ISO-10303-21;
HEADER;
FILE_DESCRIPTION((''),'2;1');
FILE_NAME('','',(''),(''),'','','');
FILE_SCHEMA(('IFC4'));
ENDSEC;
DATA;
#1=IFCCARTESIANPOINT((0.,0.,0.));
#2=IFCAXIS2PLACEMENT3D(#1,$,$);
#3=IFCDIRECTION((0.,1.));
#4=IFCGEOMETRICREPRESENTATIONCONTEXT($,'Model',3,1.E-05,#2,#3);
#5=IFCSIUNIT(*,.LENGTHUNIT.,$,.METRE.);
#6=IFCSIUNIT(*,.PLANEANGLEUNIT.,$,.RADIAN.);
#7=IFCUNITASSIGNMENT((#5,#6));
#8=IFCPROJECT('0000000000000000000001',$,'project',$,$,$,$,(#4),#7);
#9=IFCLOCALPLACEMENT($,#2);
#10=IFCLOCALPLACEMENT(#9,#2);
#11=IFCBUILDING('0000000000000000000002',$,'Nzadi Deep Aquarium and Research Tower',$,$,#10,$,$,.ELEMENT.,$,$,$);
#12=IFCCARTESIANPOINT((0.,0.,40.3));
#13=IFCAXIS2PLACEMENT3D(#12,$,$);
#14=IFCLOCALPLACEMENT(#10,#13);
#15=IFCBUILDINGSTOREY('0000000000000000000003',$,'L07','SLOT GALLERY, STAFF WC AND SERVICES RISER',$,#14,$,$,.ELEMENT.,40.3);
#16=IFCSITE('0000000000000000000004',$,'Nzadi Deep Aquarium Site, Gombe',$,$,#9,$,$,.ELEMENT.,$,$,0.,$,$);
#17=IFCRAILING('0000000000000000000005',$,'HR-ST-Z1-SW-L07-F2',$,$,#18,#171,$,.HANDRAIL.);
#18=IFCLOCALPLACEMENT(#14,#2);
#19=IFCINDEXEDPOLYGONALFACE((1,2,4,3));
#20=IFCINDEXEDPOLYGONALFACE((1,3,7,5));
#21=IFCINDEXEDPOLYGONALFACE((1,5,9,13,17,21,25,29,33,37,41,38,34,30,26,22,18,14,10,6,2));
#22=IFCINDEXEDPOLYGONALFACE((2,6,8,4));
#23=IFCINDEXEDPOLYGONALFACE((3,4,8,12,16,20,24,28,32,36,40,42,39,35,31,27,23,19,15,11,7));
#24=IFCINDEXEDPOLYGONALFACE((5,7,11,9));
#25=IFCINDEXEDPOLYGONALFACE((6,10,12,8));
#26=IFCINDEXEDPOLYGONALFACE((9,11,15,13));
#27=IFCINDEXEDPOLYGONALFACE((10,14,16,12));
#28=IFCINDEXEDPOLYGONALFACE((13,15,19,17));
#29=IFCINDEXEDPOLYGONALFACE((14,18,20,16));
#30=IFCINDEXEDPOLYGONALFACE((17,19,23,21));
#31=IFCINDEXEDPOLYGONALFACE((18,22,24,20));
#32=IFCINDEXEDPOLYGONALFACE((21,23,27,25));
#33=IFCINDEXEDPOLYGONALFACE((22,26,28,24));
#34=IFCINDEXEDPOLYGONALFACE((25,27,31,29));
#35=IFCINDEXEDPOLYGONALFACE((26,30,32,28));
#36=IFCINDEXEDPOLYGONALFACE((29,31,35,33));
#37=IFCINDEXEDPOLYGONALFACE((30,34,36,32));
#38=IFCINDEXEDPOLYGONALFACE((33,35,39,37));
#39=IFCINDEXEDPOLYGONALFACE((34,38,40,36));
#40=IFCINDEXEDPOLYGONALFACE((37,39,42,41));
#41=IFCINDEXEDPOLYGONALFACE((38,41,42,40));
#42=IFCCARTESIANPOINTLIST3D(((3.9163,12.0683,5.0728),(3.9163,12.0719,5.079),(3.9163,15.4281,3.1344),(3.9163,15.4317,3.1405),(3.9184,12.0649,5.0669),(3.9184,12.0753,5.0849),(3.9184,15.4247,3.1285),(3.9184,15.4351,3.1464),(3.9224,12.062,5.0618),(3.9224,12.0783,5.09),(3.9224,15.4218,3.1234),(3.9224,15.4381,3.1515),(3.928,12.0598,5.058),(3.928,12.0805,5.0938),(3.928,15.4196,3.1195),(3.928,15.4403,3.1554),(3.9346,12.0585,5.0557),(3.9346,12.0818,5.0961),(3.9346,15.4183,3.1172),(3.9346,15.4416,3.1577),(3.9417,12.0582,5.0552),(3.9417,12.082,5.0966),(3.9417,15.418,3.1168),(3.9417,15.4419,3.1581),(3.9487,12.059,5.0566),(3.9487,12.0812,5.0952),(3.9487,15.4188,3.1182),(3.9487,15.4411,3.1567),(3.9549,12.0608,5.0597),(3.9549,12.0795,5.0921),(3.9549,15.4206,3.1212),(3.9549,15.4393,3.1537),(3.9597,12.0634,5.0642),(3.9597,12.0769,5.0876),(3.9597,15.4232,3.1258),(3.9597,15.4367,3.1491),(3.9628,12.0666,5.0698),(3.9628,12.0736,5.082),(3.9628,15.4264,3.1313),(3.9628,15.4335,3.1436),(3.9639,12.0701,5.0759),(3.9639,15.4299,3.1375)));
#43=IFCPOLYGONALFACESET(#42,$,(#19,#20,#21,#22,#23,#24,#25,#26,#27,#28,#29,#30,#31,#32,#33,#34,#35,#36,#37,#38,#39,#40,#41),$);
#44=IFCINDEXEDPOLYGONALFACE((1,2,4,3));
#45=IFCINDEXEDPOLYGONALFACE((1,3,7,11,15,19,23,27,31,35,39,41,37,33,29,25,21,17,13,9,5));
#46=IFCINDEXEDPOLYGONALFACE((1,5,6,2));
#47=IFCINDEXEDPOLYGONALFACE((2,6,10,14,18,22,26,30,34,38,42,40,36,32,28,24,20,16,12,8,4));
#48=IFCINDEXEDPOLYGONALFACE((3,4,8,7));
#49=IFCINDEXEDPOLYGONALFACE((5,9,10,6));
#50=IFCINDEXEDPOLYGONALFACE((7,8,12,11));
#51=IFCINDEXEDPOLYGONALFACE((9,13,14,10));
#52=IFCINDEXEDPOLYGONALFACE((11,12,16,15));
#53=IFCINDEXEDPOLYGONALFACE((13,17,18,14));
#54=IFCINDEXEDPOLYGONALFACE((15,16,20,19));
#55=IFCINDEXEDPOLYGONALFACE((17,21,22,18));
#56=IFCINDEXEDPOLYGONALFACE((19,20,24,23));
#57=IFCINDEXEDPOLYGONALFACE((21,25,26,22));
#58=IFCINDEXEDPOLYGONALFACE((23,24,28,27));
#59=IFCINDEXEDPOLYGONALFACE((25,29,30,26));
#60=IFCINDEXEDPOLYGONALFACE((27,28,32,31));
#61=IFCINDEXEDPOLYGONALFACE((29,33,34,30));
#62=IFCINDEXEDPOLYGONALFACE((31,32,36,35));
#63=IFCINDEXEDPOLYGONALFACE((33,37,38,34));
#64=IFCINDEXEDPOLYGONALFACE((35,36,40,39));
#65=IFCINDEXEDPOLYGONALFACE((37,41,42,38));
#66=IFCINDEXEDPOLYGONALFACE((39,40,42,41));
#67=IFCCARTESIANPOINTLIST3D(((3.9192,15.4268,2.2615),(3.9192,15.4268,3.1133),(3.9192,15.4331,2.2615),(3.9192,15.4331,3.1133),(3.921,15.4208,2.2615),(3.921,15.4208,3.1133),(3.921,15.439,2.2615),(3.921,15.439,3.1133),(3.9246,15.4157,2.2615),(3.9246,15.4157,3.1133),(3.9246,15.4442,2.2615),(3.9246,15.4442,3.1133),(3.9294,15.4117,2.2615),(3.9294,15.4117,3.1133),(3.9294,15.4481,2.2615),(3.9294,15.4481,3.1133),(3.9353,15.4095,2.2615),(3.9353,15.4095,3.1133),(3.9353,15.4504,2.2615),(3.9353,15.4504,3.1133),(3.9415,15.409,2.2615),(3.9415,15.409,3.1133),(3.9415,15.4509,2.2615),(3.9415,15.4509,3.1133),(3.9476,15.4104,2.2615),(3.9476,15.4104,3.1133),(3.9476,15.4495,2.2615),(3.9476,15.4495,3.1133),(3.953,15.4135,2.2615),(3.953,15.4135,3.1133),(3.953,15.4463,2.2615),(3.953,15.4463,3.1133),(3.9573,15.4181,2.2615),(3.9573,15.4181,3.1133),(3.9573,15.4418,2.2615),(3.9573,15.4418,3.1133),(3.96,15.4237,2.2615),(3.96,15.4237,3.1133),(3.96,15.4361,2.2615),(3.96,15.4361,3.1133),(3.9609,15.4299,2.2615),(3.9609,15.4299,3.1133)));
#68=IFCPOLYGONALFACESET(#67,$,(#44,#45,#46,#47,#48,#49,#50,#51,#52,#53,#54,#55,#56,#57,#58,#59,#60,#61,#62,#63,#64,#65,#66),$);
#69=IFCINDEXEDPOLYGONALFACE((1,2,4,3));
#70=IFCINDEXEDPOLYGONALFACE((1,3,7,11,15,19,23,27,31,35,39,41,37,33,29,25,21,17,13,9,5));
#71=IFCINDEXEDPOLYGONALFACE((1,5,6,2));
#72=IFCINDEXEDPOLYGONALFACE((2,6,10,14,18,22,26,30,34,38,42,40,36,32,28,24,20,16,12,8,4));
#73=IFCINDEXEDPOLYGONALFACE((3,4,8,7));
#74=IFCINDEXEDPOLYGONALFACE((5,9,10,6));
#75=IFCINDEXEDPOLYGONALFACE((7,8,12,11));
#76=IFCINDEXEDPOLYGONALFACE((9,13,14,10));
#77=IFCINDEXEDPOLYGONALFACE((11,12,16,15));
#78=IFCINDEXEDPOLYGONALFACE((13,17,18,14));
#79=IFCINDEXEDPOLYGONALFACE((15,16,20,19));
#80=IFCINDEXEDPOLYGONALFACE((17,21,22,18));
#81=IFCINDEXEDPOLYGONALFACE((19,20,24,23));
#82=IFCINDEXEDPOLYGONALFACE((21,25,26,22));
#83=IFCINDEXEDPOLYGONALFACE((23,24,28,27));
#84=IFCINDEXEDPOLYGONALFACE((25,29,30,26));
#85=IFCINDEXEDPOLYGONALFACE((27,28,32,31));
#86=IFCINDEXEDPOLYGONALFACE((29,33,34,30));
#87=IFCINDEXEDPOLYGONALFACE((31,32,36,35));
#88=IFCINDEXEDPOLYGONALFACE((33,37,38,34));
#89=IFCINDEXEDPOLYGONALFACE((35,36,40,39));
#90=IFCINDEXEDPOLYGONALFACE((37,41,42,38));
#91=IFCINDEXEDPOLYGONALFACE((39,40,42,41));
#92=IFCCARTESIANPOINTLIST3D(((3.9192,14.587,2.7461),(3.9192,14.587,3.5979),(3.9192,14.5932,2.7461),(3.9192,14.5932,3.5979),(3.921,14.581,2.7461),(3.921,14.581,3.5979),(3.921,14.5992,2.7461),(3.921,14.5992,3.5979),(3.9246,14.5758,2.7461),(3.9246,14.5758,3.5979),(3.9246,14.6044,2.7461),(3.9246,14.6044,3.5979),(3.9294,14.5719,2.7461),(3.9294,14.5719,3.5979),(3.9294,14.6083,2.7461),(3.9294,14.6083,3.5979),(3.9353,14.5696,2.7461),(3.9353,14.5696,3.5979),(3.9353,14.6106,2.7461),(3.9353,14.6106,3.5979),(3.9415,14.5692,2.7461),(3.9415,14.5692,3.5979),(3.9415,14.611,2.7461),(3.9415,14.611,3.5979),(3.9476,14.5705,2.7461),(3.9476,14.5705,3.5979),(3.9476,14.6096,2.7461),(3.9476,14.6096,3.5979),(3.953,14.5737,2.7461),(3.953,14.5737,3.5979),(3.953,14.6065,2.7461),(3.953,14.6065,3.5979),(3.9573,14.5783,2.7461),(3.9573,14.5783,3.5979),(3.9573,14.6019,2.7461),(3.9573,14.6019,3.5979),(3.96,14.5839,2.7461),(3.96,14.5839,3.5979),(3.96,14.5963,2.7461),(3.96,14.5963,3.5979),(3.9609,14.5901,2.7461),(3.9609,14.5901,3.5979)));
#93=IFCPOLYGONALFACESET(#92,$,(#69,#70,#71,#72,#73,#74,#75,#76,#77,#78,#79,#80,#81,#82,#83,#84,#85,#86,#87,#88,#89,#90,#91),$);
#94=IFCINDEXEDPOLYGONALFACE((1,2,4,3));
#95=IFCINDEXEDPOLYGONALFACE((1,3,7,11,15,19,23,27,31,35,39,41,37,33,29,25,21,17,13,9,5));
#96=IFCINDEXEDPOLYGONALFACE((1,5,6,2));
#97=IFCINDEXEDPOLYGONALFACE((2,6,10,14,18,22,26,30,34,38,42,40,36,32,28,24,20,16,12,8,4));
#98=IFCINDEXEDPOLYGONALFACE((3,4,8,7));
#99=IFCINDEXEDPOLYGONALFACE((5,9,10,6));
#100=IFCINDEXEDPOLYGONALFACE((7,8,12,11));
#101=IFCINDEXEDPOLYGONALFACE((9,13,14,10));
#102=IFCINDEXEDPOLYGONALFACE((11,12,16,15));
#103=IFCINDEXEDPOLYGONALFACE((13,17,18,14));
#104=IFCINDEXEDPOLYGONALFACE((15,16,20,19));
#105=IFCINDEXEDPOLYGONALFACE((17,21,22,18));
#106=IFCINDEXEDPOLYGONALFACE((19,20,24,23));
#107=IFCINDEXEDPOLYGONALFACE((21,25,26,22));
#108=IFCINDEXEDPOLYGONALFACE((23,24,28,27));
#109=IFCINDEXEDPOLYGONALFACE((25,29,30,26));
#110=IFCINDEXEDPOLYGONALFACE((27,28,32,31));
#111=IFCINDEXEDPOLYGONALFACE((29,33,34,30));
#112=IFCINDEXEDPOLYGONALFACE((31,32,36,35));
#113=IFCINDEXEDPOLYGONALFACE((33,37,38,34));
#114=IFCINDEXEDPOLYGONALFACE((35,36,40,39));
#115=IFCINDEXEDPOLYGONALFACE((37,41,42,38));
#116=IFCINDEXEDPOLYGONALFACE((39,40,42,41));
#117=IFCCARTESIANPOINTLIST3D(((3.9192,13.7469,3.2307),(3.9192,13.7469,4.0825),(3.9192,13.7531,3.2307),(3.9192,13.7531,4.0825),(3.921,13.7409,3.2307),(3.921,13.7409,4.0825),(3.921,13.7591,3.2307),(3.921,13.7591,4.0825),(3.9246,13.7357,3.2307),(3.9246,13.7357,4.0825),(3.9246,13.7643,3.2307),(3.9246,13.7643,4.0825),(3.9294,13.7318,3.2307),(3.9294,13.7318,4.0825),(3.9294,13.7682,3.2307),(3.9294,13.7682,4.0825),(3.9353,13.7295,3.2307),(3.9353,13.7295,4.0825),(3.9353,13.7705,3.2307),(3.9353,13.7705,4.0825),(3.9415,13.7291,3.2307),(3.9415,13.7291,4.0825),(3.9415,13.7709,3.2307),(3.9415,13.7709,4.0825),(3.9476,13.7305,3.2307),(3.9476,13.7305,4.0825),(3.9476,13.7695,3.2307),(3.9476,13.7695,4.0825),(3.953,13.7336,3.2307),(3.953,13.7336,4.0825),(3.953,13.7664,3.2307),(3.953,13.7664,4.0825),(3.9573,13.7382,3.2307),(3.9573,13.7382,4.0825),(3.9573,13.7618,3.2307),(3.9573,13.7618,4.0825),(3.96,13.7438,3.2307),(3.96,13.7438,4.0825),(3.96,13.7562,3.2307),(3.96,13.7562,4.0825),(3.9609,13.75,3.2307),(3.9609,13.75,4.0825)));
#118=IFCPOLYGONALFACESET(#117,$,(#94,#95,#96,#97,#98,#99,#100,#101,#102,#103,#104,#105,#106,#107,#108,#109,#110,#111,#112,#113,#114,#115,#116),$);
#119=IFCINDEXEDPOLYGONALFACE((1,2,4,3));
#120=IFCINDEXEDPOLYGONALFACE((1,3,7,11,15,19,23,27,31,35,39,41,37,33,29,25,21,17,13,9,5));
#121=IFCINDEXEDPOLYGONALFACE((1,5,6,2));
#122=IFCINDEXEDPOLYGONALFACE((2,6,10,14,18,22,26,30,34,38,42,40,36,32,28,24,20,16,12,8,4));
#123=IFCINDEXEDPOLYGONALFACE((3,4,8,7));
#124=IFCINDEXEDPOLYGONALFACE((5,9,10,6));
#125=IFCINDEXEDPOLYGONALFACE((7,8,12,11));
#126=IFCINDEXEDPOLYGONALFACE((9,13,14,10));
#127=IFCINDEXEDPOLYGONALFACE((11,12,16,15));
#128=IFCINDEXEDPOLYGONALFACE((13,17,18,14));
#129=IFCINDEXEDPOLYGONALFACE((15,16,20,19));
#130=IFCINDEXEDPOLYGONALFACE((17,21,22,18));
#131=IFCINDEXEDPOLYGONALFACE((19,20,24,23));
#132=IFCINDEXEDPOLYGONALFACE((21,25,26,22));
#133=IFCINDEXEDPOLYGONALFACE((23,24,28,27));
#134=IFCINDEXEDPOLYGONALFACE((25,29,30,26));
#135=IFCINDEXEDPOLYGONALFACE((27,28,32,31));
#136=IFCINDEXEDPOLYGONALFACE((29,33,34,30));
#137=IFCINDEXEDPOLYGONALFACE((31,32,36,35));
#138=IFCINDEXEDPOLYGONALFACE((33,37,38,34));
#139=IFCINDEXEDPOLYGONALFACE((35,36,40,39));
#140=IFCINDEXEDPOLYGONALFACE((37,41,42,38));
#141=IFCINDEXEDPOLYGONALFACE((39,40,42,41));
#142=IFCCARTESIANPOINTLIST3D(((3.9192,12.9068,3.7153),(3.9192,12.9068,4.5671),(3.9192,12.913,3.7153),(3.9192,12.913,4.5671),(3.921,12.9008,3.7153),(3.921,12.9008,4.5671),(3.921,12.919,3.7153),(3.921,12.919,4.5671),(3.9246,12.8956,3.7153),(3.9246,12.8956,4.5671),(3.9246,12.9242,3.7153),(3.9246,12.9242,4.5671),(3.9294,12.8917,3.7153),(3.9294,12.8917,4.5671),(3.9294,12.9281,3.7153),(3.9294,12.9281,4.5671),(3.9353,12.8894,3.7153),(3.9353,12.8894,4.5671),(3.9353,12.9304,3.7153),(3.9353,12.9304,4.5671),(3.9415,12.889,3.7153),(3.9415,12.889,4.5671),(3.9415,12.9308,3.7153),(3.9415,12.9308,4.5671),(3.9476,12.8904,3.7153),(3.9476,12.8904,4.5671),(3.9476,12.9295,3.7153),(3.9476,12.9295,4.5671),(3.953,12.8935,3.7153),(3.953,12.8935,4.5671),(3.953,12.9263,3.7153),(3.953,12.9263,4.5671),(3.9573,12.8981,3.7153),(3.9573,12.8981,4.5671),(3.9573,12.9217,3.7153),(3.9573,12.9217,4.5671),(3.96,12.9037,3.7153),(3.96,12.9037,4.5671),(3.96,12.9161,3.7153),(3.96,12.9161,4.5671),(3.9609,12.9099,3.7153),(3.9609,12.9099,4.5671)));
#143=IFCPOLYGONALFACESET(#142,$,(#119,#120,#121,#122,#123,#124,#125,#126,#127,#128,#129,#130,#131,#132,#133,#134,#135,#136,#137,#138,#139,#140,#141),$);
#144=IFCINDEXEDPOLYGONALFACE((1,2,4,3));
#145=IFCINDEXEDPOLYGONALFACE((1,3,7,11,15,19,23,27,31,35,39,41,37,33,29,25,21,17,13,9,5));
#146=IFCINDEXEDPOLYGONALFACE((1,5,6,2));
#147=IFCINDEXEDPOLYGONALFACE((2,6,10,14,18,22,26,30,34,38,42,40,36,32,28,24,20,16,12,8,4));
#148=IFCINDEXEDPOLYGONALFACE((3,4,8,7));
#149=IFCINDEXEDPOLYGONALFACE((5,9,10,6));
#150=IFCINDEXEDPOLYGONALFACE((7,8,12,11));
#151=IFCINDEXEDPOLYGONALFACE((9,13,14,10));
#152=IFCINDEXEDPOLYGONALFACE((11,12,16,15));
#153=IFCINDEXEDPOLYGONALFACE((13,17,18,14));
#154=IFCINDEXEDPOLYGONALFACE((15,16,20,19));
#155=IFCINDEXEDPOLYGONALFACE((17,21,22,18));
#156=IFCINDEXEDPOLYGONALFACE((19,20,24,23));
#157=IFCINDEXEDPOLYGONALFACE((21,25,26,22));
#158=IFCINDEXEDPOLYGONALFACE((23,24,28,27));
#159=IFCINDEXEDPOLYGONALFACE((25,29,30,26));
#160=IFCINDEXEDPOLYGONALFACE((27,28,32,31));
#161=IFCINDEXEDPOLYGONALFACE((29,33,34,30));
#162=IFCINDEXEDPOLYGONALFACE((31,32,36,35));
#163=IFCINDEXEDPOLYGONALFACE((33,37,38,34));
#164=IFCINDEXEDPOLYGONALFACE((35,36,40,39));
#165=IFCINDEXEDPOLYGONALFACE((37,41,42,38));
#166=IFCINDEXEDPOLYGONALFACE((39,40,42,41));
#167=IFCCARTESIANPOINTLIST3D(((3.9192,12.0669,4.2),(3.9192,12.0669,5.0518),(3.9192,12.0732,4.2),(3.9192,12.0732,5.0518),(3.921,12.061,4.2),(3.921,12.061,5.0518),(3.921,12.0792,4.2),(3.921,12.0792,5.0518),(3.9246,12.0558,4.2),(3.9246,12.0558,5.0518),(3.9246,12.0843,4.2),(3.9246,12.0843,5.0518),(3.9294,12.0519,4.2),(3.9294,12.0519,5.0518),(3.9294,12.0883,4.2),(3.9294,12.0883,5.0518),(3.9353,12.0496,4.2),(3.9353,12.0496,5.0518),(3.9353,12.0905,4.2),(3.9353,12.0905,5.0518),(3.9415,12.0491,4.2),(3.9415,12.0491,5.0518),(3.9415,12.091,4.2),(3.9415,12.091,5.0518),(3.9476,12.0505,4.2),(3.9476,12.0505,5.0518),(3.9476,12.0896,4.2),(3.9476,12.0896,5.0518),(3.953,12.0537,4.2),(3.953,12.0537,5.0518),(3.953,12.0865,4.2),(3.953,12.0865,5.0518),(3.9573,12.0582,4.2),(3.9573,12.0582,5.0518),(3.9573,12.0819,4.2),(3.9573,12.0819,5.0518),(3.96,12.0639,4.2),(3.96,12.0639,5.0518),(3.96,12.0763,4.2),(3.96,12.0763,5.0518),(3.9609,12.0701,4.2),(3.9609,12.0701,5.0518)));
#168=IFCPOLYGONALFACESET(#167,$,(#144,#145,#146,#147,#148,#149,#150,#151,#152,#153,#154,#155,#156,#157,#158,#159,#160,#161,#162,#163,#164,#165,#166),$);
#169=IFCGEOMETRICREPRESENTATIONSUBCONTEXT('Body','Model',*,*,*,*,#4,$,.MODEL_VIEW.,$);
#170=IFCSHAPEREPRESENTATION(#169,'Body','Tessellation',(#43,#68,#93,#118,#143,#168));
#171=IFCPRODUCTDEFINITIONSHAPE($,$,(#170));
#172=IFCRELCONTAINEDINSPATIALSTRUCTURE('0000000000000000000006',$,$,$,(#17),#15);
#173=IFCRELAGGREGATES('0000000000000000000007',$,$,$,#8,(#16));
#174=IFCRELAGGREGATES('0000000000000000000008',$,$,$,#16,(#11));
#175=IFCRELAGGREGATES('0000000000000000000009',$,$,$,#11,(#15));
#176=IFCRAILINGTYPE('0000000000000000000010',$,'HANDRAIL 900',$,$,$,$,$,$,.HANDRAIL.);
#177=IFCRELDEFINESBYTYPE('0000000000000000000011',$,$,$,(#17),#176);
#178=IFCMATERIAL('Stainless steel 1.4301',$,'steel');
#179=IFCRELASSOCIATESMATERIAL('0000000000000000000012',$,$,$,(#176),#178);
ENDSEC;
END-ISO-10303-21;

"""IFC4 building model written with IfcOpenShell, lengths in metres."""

from ifc_helpers import new_model, si_unit, direction, frame, origin, origin_2d, place, context, subcontext, project, spatial, circle, extrude, material, type_object, element, save


model = new_model("IFC4")

# Units and contexts
model_context = context("Model", 3, precision=1e-05, world=origin(), true_north=direction((0.0, 1.0)))
body_context = subcontext(model_context, "Body", "Model", "MODEL_VIEW")
ifc_project = project(units=[si_unit("LENGTHUNIT", "METRE"), si_unit("PLANEANGLEUNIT", "RADIAN")], contexts=[model_context])

# Site, building, storey
site_placement = place(None, origin())
site = spatial("IfcSite", under=ifc_project, at=site_placement, Name="Nzadi Deep Aquarium Site, Gombe", CompositionType="ELEMENT", RefElevation=0.0)
building_placement = place(site_placement, origin())
building = spatial("IfcBuilding", under=site, at=building_placement, Name="Nzadi Deep Aquarium and Research Tower", CompositionType="ELEMENT")
storey_placement = place(building_placement, frame((0.0, 0.0, 40.3)))
storey = spatial("IfcBuildingStorey", under=building, at=storey_placement, Name="L07", Description="SLOT GALLERY, STAFF WC AND SERVICES RISER", CompositionType="ELEMENT", Elevation=40.3)

# Railing
ifc_material_1 = material(Name="Stainless steel 1.4301", Category="steel")
railing_type = type_object("IfcRailingType", Name="HANDRAIL 900", PredefinedType="HANDRAIL", material=ifc_material_1)
railing_placement = place(storey_placement, frame((3.9399, 15.4299, 2.2615)))
element("IfcRailing", 1, at=railing_placement, inside=storey, type_object=railing_type, Name="HR-ST-Z1-SW-L07-F2", PredefinedType="HANDRAIL", context=body_context, shape_type="SweptSolid", body=[
    extrude(circle(Radius=0.0239, at=origin_2d()), frame((0.0, 0.0, 0.876), z_axis=(0.0, -0.866175, 0.499741), x_axis=(1.0, 0.0, 0.0)), (0.0, 0.0, 1.0), 3.8789),
    extrude(circle(Radius=0.021, at=origin_2d()), origin(), (0.0, 0.0, 1.0), 0.8518),
    extrude(circle(Radius=0.021, at=origin_2d()), frame((0.0, -0.8398, 0.4846)), (0.0, 0.0, 1.0), 0.8518),
    extrude(circle(Radius=0.021, at=origin_2d()), frame((0.0, -1.6799, 0.9692)), (0.0, 0.0, 1.0), 0.8518),
    extrude(circle(Radius=0.021, at=origin_2d()), frame((0.0, -2.52, 1.4539)), (0.0, 0.0, 1.0), 0.8518),
    extrude(circle(Radius=0.021, at=origin_2d()), frame((0.0, -3.3599, 1.9385)), (0.0, 0.0, 1.0), 0.8518),
])

save(model, "model.ifc")
